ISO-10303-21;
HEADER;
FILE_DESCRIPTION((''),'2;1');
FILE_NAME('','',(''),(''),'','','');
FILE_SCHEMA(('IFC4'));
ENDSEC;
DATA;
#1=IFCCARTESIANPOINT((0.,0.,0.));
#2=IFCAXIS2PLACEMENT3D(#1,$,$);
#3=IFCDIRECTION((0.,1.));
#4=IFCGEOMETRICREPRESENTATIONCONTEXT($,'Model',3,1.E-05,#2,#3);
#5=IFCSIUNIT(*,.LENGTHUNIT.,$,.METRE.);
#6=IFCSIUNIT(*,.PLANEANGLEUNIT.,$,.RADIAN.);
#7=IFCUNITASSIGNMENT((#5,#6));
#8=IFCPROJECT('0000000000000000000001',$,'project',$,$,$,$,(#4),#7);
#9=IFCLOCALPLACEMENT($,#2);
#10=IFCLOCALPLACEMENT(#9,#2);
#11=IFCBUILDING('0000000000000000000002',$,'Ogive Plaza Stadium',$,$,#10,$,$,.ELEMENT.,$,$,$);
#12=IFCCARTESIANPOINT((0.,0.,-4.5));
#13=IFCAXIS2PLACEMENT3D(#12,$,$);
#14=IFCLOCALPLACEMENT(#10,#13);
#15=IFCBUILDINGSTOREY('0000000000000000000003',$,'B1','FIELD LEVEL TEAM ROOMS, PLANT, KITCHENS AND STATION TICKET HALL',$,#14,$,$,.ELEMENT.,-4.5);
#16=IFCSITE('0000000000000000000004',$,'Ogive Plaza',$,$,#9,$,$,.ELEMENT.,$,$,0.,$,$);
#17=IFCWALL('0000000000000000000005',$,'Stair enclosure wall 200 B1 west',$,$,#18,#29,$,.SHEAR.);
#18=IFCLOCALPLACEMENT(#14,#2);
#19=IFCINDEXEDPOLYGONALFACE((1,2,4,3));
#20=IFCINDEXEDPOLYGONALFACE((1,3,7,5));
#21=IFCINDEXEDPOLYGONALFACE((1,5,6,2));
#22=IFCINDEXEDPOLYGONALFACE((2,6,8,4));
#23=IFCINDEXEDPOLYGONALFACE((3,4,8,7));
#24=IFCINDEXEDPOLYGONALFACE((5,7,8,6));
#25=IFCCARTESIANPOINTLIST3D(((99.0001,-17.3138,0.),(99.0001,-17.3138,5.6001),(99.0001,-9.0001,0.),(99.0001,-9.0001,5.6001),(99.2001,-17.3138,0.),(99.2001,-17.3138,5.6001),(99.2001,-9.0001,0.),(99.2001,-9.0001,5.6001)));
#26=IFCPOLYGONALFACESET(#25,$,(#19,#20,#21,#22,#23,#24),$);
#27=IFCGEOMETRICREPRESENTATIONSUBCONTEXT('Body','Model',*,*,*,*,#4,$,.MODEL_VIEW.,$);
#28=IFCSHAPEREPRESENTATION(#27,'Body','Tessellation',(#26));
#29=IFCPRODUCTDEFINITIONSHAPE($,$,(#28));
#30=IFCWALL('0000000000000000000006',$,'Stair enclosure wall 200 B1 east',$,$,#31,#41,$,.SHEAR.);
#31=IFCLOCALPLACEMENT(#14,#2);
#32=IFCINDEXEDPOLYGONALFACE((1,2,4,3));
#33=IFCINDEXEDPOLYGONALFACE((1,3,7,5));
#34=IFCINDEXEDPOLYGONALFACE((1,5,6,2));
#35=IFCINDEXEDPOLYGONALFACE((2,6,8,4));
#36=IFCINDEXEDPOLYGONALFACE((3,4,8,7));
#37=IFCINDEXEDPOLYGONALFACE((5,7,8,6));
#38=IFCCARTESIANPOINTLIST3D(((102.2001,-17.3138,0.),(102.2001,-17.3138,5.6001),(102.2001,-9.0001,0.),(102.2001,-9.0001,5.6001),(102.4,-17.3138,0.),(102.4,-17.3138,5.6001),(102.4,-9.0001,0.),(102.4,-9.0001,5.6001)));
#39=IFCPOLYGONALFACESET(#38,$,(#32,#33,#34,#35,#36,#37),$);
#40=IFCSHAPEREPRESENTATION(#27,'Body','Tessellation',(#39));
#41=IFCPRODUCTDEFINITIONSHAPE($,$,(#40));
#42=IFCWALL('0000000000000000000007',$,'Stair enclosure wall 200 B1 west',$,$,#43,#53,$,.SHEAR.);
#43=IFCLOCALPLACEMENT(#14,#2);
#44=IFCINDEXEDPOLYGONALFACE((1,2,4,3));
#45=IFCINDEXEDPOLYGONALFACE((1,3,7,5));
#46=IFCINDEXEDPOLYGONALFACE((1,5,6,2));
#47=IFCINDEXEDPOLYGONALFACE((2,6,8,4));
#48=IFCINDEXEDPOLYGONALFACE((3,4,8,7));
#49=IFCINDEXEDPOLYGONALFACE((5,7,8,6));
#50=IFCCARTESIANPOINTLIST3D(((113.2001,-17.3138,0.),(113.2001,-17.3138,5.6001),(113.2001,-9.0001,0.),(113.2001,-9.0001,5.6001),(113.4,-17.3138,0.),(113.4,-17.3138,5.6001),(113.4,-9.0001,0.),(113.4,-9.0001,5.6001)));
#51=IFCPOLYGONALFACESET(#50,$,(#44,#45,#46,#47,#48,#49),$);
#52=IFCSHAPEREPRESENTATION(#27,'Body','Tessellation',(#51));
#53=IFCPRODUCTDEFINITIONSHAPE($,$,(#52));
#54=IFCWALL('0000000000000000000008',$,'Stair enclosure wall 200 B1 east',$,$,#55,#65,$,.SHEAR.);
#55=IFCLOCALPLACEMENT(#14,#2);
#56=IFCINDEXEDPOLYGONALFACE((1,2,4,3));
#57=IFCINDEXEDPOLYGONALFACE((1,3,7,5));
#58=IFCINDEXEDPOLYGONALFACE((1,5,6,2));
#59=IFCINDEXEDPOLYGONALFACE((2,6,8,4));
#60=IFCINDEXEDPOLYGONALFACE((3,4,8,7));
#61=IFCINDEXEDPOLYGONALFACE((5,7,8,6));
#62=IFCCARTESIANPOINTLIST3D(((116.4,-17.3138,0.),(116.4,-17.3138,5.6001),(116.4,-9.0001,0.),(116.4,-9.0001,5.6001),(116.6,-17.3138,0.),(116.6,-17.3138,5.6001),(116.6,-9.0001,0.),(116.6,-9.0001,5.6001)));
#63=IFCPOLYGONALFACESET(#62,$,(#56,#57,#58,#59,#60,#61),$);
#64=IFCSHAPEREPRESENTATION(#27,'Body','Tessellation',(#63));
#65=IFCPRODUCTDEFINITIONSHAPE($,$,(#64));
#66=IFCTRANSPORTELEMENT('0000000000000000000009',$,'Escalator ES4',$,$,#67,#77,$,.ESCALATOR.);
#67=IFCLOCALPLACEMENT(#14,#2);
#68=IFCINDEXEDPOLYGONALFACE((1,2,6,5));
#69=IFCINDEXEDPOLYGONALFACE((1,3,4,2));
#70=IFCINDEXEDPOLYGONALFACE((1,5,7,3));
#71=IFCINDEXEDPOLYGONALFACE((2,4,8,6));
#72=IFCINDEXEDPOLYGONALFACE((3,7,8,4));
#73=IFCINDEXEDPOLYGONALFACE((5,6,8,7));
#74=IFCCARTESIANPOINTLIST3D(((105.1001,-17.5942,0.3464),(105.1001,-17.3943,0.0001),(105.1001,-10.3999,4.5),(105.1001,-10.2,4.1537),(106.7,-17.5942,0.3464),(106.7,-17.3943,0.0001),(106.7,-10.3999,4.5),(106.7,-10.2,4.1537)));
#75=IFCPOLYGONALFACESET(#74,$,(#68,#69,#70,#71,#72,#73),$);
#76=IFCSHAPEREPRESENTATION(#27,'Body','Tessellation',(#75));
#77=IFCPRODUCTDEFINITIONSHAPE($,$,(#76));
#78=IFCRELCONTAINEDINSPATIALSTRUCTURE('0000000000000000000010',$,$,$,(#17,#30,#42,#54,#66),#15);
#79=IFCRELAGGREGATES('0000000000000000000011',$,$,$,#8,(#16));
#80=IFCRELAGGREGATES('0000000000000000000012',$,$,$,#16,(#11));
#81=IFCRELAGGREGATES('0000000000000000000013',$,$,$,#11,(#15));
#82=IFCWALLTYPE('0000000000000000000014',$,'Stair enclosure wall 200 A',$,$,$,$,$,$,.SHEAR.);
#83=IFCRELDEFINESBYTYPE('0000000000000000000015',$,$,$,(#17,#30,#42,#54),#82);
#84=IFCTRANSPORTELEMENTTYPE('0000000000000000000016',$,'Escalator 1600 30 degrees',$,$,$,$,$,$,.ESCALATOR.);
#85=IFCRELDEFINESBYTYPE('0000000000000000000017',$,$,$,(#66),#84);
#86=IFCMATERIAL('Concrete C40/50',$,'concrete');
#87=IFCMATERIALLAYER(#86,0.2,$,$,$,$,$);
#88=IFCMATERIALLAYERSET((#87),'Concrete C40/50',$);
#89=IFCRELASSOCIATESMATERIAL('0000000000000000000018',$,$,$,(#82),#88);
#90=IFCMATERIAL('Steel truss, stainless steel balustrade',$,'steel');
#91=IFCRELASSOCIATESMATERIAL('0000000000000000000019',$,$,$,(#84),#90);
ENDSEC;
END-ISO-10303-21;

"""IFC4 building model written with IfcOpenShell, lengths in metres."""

from ifc_helpers import new_model, si_unit, direction, frame, frame_2d, origin, place, context, subcontext, project, spatial, polyline, rectangle, outline, extrude, material, layer, layer_set, type_object, element, save


model = new_model("IFC4")

# Units and contexts
model_context = context("Model", 3, precision=1e-05, world=origin(), true_north=direction((0.0, 1.0)))
body_context = subcontext(model_context, "Body", "Model", "MODEL_VIEW")
ifc_project = project(units=[si_unit("LENGTHUNIT", "METRE"), si_unit("PLANEANGLEUNIT", "RADIAN")], contexts=[model_context])

# Site, building, storey
site_placement = place(None, origin())
site = spatial("IfcSite", under=ifc_project, at=site_placement, Name="Ogive Plaza", CompositionType="ELEMENT", RefElevation=0.0)
building_placement = place(site_placement, origin())
building = spatial("IfcBuilding", under=site, at=building_placement, Name="Ogive Plaza Stadium", CompositionType="ELEMENT")
storey_placement = place(building_placement, frame((0.0, 0.0, -4.5)))
storey = spatial("IfcBuildingStorey", under=building, at=storey_placement, Name="B1", Description="FIELD LEVEL TEAM ROOMS, PLANT, KITCHENS AND STATION TICKET HALL", CompositionType="ELEMENT", Elevation=-4.5)

# Walls
ifc_material_1 = material(Name="Concrete C40/50", Category="concrete")
ifc_layer_1 = layer(ifc_material_1, 0.2)
ifc_layer_set_1 = layer_set([ifc_layer_1], Name="Concrete C40/50")
wall_type_1 = type_object("IfcWallType", Name="Stair enclosure wall 200 A", PredefinedType="SHEAR", material=ifc_layer_set_1)
for number, where, z_axis, x_axis, name in (
    (1, (99.1001, -17.3137, 0.0), (0.0, 0.0, 1.0), (0.0, 1.0, 0.0), "Stair enclosure wall 200 B1 west"),
    (2, (102.3, -17.3137, 0.0), (0.0, 0.0, 1.0), (0.0, 1.0, 0.0), "Stair enclosure wall 200 B1 east"),
    (3, (113.3, -17.3137, 0.0), (0.0, 0.0, 1.0), (0.0, 1.0, 0.0), "Stair enclosure wall 200 B1 west"),
    (4, (116.5, -17.3137, 0.0), (0.0, 0.0, 1.0), (0.0, 1.0, 0.0), "Stair enclosure wall 200 B1 east"),
):
    element("IfcWall", number, at=place(storey_placement, frame(where, z_axis=z_axis, x_axis=x_axis)), inside=storey, type_object=wall_type_1, Name=name, PredefinedType="SHEAR", context=body_context, shape_type="SweptSolid", body=[
        extrude(rectangle(XDim=8.3137, YDim=0.2, at=frame_2d((4.1567, 0.0))), origin(), (0.0, 0.0, 1.0), 5.6001),
    ])

# Transport element
ifc_material_2 = material(Name="Steel truss, stainless steel balustrade", Category="steel")
transport_element_type = type_object("IfcTransportElementType", Name="Escalator 1600 30 degrees", PredefinedType="ESCALATOR", material=ifc_material_2)
transport_element_placement = place(storey_placement, frame((105.1001, -17.5942, 0.3464), z_axis=(0.0, -0.499992, 0.86603), x_axis=(1.0, 0.0, 0.0)))
element("IfcTransportElement", 5, at=transport_element_placement, inside=storey, type_object=transport_element_type, Name="Escalator ES4", PredefinedType="ESCALATOR", context=body_context, shape_type="SweptSolid", body=[
    extrude(outline(polyline([(0.0, 0.0), (1.5999, 0.0), (1.5999, 8.3073), (0.0, 8.3073), (0.0, 0.0)])), origin(), (0.0, 0.0, -1.0), 0.3999),
])

save(model, "model.ifc")
